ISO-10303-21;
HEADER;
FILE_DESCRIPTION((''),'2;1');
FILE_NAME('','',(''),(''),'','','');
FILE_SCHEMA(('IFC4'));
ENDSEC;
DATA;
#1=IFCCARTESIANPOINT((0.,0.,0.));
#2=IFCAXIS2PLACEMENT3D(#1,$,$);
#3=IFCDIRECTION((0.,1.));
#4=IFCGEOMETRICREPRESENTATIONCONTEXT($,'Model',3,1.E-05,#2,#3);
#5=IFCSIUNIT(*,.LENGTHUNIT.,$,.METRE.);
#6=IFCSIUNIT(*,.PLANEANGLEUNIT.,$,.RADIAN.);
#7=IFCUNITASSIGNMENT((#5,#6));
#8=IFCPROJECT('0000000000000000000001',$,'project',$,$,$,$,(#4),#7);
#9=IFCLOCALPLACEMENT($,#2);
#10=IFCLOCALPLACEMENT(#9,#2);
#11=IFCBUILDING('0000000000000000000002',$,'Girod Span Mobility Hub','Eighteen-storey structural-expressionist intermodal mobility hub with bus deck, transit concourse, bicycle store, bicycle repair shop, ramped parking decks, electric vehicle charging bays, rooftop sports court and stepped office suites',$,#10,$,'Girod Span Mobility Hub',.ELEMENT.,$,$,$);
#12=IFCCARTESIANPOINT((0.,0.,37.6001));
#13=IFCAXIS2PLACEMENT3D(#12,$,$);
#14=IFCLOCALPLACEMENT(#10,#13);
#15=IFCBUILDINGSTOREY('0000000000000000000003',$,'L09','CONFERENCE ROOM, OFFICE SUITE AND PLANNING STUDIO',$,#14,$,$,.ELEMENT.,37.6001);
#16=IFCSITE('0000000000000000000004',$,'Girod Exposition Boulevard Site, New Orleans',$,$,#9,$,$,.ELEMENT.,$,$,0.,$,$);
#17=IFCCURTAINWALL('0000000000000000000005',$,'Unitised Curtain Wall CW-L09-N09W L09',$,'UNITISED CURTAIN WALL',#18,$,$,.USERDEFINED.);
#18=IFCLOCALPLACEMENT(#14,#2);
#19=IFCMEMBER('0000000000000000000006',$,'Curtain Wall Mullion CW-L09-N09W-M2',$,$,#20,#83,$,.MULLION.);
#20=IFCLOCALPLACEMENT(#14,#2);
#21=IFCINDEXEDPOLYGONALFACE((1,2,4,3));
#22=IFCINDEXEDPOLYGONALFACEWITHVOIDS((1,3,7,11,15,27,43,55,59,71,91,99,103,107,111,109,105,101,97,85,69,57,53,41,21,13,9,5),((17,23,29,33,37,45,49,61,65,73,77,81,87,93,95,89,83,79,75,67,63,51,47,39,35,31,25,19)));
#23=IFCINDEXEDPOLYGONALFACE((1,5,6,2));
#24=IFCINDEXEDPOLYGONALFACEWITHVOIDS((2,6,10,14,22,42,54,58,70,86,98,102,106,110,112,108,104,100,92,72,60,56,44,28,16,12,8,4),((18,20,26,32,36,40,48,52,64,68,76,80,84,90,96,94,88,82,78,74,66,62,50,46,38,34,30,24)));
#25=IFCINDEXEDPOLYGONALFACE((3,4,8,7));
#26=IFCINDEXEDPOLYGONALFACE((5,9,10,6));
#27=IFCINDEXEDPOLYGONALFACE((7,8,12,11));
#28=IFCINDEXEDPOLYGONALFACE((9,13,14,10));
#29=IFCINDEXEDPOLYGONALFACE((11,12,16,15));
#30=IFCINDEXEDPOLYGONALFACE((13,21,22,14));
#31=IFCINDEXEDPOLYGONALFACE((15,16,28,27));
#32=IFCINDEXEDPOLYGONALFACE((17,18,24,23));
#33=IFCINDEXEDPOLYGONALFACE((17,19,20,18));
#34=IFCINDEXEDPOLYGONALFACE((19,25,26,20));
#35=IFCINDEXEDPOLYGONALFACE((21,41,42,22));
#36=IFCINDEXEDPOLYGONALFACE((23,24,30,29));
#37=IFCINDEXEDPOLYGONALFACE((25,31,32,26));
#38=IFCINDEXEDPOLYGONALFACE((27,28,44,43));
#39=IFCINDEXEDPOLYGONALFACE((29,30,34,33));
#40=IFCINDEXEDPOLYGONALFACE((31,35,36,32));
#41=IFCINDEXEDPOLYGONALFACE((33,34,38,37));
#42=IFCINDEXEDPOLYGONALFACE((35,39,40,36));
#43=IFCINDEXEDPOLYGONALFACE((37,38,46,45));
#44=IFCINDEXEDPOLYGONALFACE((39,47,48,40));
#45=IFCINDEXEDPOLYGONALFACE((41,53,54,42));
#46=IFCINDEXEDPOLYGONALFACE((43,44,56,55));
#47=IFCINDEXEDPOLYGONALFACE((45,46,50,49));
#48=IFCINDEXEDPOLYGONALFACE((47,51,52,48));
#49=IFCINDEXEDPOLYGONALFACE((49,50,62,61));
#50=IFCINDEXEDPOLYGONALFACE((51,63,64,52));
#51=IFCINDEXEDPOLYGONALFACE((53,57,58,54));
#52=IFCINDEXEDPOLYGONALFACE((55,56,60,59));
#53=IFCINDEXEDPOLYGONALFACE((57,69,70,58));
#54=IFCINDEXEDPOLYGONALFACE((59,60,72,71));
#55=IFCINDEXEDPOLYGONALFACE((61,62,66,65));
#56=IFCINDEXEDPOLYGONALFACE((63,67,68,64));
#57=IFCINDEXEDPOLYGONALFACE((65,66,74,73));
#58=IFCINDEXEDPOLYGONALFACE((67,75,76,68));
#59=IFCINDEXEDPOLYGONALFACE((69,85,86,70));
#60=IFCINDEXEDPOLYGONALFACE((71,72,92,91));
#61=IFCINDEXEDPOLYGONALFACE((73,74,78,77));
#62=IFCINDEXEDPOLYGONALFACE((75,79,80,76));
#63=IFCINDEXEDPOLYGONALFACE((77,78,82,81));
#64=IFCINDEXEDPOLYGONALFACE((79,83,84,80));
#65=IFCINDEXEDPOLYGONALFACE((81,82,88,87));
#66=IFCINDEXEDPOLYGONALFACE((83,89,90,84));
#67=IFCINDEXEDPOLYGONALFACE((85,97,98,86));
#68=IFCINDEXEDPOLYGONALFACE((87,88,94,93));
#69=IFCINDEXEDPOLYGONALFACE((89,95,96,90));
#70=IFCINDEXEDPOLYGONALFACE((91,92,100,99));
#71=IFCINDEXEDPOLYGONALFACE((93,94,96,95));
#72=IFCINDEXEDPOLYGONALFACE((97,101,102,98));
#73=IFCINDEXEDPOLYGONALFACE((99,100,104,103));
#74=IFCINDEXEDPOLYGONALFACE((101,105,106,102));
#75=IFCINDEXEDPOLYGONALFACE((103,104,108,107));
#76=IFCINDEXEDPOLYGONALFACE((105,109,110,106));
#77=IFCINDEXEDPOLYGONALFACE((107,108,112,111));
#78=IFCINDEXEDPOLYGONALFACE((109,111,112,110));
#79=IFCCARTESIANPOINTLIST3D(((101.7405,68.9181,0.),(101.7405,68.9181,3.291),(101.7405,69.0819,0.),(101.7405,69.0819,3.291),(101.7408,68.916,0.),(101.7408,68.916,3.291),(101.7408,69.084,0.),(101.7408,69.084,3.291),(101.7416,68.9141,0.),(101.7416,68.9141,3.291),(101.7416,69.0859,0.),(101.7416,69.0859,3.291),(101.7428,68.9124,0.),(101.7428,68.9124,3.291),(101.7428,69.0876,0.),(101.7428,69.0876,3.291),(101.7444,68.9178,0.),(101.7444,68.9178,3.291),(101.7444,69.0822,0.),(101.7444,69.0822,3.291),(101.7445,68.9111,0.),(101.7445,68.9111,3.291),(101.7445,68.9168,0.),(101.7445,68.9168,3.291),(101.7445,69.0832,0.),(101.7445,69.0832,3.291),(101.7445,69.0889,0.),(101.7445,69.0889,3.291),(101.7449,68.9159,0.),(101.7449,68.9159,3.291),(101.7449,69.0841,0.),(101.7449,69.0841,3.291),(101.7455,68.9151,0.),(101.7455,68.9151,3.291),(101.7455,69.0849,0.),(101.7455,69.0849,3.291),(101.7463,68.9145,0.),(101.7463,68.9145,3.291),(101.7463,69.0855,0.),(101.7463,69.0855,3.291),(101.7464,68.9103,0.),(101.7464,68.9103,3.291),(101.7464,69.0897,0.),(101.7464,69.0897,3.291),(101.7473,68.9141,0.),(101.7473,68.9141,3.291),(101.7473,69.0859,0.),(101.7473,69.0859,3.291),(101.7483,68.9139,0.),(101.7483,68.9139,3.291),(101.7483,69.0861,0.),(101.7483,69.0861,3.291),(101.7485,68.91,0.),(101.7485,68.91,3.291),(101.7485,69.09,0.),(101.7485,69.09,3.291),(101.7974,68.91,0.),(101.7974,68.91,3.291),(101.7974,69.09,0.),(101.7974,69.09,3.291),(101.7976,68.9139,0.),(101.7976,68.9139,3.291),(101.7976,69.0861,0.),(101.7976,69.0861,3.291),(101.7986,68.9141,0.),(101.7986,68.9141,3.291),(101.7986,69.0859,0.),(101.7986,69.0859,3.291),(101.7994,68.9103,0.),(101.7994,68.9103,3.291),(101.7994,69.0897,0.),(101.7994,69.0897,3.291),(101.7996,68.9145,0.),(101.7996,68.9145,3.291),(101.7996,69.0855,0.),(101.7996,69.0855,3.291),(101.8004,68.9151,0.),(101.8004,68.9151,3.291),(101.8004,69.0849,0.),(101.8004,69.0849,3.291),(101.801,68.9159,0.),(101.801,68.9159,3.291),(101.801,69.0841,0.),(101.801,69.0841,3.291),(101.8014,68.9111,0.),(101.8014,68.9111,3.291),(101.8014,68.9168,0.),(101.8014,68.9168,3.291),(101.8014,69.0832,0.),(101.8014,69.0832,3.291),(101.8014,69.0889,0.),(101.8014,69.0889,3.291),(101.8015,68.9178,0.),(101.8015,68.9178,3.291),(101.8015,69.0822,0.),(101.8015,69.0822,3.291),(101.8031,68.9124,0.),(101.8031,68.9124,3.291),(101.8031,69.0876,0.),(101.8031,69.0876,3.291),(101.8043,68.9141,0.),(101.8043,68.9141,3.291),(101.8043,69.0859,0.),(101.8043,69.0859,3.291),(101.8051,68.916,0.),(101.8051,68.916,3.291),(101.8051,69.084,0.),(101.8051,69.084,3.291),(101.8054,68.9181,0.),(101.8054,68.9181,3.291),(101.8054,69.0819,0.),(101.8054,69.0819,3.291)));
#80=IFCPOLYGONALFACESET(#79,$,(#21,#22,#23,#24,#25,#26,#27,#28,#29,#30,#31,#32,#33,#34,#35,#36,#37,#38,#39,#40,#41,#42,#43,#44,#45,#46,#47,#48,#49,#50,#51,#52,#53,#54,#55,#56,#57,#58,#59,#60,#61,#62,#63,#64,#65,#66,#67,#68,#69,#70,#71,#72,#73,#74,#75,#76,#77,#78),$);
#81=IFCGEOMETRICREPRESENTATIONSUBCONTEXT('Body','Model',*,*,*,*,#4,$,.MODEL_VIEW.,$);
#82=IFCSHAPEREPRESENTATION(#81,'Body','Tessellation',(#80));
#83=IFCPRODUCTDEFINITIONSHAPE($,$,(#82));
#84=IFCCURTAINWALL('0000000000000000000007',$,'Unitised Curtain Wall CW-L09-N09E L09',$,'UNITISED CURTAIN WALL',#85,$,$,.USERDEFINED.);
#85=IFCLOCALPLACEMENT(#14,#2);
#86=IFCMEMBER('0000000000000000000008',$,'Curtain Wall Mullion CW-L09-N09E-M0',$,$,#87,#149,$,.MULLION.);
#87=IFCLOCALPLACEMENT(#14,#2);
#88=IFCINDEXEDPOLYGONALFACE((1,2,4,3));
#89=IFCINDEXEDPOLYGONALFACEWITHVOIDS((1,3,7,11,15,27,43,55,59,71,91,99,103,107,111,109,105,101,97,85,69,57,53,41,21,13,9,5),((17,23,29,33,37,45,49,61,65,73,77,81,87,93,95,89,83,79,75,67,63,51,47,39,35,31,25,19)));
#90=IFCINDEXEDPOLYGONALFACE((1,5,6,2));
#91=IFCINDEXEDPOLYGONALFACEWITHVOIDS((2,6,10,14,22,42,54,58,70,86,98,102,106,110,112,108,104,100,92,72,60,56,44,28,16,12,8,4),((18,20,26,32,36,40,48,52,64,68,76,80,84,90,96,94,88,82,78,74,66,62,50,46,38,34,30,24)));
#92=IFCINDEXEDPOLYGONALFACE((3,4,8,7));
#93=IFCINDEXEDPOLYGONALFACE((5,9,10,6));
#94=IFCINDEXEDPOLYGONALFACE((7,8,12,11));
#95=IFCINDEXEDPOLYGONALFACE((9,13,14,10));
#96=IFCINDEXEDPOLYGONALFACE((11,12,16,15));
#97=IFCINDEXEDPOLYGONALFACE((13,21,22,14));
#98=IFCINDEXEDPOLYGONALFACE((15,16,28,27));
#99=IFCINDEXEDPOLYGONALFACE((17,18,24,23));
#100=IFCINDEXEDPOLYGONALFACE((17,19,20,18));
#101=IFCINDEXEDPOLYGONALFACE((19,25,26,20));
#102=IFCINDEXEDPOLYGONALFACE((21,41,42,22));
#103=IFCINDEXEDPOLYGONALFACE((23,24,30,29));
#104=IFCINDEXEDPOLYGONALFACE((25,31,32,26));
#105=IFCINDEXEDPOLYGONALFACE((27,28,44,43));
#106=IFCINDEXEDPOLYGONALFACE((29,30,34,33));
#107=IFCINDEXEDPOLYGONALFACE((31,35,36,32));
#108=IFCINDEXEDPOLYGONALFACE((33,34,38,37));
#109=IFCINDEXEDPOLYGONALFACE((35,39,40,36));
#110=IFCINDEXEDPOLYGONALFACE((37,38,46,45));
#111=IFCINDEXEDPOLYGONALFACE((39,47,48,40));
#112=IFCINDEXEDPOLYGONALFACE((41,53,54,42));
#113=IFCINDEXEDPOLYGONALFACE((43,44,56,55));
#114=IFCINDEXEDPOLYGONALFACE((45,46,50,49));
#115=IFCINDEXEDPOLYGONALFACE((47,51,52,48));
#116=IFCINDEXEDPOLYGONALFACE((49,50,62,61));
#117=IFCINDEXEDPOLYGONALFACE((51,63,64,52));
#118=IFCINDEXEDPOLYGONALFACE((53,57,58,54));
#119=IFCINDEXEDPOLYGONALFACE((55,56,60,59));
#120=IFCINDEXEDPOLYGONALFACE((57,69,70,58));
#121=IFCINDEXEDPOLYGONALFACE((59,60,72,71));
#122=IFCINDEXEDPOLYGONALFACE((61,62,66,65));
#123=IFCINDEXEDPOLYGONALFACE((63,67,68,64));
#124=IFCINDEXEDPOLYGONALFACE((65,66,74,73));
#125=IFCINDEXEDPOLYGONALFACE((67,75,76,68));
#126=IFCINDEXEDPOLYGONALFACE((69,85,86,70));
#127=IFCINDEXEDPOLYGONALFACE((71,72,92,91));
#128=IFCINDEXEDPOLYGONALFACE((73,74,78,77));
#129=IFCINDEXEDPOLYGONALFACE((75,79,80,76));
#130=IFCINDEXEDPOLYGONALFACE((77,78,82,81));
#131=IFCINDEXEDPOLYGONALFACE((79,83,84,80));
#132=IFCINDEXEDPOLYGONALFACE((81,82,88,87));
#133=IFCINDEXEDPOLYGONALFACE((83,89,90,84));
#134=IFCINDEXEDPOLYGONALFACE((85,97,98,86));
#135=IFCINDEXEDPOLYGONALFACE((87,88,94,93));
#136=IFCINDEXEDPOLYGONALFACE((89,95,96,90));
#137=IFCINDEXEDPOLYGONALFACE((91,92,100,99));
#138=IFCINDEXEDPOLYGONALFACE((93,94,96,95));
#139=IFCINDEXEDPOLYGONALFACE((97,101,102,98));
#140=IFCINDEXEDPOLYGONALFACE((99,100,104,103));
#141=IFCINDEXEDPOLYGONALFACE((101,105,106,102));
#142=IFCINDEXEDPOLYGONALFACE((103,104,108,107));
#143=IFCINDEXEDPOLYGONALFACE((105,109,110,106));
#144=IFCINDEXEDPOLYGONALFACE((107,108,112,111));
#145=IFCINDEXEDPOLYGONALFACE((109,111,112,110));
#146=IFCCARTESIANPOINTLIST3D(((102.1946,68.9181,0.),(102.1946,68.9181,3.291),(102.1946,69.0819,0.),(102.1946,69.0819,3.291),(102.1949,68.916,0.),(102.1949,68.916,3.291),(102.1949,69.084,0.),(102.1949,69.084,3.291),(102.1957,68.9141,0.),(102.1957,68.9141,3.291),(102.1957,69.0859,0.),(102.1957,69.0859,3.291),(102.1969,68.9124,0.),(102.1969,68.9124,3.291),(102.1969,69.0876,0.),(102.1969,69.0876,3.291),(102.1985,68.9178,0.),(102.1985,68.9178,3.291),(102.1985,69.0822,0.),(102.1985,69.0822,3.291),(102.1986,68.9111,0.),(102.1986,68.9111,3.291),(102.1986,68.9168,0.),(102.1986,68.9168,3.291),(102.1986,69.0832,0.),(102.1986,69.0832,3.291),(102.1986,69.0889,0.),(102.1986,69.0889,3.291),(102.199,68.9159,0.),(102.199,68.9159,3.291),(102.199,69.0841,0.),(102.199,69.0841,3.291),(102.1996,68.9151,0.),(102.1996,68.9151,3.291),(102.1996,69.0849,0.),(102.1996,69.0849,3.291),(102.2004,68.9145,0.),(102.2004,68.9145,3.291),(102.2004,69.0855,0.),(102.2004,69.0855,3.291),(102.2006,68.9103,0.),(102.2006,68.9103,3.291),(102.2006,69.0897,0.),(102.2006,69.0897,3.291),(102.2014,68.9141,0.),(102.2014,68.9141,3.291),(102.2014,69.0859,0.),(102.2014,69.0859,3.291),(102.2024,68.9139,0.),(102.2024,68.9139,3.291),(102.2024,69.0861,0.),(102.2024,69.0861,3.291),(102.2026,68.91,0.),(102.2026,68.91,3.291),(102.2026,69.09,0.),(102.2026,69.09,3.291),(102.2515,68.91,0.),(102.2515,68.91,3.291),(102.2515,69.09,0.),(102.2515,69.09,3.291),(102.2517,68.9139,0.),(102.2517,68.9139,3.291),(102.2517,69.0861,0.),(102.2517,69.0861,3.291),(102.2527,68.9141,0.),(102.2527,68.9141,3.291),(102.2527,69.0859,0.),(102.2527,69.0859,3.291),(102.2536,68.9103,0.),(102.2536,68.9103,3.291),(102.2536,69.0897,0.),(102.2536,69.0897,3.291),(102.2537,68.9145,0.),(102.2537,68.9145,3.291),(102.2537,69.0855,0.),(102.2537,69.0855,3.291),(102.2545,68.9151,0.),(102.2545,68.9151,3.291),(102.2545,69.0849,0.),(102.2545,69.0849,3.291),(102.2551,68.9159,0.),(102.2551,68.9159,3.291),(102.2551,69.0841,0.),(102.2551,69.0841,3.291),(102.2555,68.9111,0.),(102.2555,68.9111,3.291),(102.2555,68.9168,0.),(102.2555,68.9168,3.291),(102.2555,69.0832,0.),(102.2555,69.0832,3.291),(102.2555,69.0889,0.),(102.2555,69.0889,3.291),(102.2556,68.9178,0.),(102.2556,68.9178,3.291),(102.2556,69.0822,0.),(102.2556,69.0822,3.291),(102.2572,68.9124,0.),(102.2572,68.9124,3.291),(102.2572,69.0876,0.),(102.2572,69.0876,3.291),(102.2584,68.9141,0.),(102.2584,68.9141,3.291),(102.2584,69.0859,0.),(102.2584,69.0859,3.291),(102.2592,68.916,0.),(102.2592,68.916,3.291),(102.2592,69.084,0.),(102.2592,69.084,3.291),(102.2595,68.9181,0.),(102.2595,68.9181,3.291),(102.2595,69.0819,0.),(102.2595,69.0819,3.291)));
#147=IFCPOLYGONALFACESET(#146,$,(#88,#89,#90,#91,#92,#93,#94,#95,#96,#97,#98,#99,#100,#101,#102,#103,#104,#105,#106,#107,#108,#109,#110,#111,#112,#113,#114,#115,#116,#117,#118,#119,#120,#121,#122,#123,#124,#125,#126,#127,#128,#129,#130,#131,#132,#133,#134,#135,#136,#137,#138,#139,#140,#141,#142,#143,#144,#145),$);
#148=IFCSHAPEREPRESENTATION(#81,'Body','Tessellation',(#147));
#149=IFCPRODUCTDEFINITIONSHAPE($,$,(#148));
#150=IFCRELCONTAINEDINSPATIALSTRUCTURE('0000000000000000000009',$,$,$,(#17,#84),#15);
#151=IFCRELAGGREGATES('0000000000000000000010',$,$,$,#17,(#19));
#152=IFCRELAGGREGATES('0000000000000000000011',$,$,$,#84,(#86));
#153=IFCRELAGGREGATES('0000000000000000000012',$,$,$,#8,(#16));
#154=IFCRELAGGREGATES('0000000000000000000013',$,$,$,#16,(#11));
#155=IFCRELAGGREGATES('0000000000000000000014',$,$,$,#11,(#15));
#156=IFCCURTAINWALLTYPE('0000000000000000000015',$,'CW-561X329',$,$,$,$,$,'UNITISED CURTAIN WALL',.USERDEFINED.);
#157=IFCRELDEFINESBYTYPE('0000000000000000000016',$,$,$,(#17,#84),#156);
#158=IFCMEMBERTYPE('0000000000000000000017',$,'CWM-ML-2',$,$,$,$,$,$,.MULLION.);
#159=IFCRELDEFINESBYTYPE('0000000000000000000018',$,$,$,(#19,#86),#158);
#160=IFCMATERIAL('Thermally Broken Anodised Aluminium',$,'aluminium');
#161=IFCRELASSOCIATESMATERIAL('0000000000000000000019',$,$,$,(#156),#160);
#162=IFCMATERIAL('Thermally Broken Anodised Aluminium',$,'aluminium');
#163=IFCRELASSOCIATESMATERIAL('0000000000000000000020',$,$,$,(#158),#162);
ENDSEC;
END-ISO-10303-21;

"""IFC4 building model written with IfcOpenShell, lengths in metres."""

from ifc_helpers import new_model, si_unit, direction, frame, origin, origin_2d, place, context, subcontext, project, spatial, hollow_rectangle, extrude, material, material_profile, profile_set, type_object, element, aggregate, save


model = new_model("IFC4")

# Units and contexts
model_context = context("Model", 3, precision=1e-05, world=origin(), true_north=direction((0.0, 1.0)))
body_context = subcontext(model_context, "Body", "Model", "MODEL_VIEW")
ifc_project = project(units=[si_unit("LENGTHUNIT", "METRE"), si_unit("PLANEANGLEUNIT", "RADIAN")], contexts=[model_context])

# Site, building, storey
site_placement = place(None, origin())
site = spatial("IfcSite", under=ifc_project, at=site_placement, Name="Girod Exposition Boulevard Site, New Orleans", CompositionType="ELEMENT", RefElevation=0.0)
building_placement = place(site_placement, origin())
building = spatial("IfcBuilding", under=site, at=building_placement, Name="Girod Span Mobility Hub", Description="Eighteen-storey structural-expressionist intermodal mobility hub with bus deck, transit concourse, bicycle store, bicycle repair shop, ramped parking decks, electric vehicle charging bays, rooftop sports court and stepped office suites", LongName="Girod Span Mobility Hub", CompositionType="ELEMENT")
storey_placement = place(building_placement, frame((0.0, 0.0, 37.6001)))
storey = spatial("IfcBuildingStorey", under=building, at=storey_placement, Name="L09", Description="CONFERENCE ROOM, OFFICE SUITE AND PLANNING STUDIO", CompositionType="ELEMENT", Elevation=37.6001)

# Curtain walls, members
ifc_material_1 = material(Name="Thermally Broken Anodised Aluminium", Category="aluminium")
curtain_wall_type = type_object("IfcCurtainWallType", Name="CW-561X329", ElementType="UNITISED CURTAIN WALL", PredefinedType="USERDEFINED", material=ifc_material_1)
curtain_wall_1_placement = place(storey_placement, origin())
curtain_wall_1 = element("IfcCurtainWall", 1, at=curtain_wall_1_placement, inside=storey, type_object=curtain_wall_type, Name="Unitised Curtain Wall CW-L09-N09W L09", ObjectType="UNITISED CURTAIN WALL", PredefinedType="USERDEFINED")
ifc_material_2 = material(Name="Thermally Broken Anodised Aluminium", Category="aluminium")
ifc_material_profile_1 = material_profile(ifc_material_2, hollow_rectangle(XDim=0.1799, YDim=0.0649, WallThickness=0.0039, InnerFilletRadius=0.0039, OuterFilletRadius=0.0081, at=origin_2d()), Name="CW-ML-65X180")
ifc_profile_set_1 = profile_set([ifc_material_profile_1], Name="Thermally Broken Anodised Aluminium")
member_type_1 = type_object("IfcMemberType", Name="CWM-ML-2", PredefinedType="MULLION", material=ifc_profile_set_1)
member_1_placement = place(storey_placement, frame((101.7729, 69.0, 0.0), z_axis=(0.0, 0.0, 1.0), x_axis=(0.0, 1.0, 0.0)))
member_1 = element("IfcMember", 2, at=member_1_placement, type_object=member_type_1, Name="Curtain Wall Mullion CW-L09-N09W-M2", PredefinedType="MULLION", context=body_context, shape_type="SweptSolid", body=[
    extrude(hollow_rectangle(XDim=0.1799, YDim=0.0649, WallThickness=0.0039, InnerFilletRadius=0.0039, OuterFilletRadius=0.0081, at=origin_2d()), origin(), (0.0, 0.0, 1.0), 3.291),
])
curtain_wall_2_placement = place(storey_placement, origin())
curtain_wall_2 = element("IfcCurtainWall", 3, at=curtain_wall_2_placement, inside=storey, type_object=curtain_wall_type, Name="Unitised Curtain Wall CW-L09-N09E L09", ObjectType="UNITISED CURTAIN WALL", PredefinedType="USERDEFINED")
member_2_placement = place(storey_placement, frame((102.2271, 69.0, 0.0), z_axis=(0.0, 0.0, 1.0), x_axis=(0.0, 1.0, 0.0)))
member_2 = element("IfcMember", 4, at=member_2_placement, type_object=member_type_1, Name="Curtain Wall Mullion CW-L09-N09E-M0", PredefinedType="MULLION", context=body_context, shape_type="SweptSolid", body=[
    extrude(hollow_rectangle(XDim=0.1799, YDim=0.0649, WallThickness=0.0039, InnerFilletRadius=0.0039, OuterFilletRadius=0.0081, at=origin_2d()), origin(), (0.0, 0.0, 1.0), 3.291),
])

aggregate(curtain_wall_1, [member_1])
aggregate(curtain_wall_2, [member_2])

save(model, "model.ifc")
